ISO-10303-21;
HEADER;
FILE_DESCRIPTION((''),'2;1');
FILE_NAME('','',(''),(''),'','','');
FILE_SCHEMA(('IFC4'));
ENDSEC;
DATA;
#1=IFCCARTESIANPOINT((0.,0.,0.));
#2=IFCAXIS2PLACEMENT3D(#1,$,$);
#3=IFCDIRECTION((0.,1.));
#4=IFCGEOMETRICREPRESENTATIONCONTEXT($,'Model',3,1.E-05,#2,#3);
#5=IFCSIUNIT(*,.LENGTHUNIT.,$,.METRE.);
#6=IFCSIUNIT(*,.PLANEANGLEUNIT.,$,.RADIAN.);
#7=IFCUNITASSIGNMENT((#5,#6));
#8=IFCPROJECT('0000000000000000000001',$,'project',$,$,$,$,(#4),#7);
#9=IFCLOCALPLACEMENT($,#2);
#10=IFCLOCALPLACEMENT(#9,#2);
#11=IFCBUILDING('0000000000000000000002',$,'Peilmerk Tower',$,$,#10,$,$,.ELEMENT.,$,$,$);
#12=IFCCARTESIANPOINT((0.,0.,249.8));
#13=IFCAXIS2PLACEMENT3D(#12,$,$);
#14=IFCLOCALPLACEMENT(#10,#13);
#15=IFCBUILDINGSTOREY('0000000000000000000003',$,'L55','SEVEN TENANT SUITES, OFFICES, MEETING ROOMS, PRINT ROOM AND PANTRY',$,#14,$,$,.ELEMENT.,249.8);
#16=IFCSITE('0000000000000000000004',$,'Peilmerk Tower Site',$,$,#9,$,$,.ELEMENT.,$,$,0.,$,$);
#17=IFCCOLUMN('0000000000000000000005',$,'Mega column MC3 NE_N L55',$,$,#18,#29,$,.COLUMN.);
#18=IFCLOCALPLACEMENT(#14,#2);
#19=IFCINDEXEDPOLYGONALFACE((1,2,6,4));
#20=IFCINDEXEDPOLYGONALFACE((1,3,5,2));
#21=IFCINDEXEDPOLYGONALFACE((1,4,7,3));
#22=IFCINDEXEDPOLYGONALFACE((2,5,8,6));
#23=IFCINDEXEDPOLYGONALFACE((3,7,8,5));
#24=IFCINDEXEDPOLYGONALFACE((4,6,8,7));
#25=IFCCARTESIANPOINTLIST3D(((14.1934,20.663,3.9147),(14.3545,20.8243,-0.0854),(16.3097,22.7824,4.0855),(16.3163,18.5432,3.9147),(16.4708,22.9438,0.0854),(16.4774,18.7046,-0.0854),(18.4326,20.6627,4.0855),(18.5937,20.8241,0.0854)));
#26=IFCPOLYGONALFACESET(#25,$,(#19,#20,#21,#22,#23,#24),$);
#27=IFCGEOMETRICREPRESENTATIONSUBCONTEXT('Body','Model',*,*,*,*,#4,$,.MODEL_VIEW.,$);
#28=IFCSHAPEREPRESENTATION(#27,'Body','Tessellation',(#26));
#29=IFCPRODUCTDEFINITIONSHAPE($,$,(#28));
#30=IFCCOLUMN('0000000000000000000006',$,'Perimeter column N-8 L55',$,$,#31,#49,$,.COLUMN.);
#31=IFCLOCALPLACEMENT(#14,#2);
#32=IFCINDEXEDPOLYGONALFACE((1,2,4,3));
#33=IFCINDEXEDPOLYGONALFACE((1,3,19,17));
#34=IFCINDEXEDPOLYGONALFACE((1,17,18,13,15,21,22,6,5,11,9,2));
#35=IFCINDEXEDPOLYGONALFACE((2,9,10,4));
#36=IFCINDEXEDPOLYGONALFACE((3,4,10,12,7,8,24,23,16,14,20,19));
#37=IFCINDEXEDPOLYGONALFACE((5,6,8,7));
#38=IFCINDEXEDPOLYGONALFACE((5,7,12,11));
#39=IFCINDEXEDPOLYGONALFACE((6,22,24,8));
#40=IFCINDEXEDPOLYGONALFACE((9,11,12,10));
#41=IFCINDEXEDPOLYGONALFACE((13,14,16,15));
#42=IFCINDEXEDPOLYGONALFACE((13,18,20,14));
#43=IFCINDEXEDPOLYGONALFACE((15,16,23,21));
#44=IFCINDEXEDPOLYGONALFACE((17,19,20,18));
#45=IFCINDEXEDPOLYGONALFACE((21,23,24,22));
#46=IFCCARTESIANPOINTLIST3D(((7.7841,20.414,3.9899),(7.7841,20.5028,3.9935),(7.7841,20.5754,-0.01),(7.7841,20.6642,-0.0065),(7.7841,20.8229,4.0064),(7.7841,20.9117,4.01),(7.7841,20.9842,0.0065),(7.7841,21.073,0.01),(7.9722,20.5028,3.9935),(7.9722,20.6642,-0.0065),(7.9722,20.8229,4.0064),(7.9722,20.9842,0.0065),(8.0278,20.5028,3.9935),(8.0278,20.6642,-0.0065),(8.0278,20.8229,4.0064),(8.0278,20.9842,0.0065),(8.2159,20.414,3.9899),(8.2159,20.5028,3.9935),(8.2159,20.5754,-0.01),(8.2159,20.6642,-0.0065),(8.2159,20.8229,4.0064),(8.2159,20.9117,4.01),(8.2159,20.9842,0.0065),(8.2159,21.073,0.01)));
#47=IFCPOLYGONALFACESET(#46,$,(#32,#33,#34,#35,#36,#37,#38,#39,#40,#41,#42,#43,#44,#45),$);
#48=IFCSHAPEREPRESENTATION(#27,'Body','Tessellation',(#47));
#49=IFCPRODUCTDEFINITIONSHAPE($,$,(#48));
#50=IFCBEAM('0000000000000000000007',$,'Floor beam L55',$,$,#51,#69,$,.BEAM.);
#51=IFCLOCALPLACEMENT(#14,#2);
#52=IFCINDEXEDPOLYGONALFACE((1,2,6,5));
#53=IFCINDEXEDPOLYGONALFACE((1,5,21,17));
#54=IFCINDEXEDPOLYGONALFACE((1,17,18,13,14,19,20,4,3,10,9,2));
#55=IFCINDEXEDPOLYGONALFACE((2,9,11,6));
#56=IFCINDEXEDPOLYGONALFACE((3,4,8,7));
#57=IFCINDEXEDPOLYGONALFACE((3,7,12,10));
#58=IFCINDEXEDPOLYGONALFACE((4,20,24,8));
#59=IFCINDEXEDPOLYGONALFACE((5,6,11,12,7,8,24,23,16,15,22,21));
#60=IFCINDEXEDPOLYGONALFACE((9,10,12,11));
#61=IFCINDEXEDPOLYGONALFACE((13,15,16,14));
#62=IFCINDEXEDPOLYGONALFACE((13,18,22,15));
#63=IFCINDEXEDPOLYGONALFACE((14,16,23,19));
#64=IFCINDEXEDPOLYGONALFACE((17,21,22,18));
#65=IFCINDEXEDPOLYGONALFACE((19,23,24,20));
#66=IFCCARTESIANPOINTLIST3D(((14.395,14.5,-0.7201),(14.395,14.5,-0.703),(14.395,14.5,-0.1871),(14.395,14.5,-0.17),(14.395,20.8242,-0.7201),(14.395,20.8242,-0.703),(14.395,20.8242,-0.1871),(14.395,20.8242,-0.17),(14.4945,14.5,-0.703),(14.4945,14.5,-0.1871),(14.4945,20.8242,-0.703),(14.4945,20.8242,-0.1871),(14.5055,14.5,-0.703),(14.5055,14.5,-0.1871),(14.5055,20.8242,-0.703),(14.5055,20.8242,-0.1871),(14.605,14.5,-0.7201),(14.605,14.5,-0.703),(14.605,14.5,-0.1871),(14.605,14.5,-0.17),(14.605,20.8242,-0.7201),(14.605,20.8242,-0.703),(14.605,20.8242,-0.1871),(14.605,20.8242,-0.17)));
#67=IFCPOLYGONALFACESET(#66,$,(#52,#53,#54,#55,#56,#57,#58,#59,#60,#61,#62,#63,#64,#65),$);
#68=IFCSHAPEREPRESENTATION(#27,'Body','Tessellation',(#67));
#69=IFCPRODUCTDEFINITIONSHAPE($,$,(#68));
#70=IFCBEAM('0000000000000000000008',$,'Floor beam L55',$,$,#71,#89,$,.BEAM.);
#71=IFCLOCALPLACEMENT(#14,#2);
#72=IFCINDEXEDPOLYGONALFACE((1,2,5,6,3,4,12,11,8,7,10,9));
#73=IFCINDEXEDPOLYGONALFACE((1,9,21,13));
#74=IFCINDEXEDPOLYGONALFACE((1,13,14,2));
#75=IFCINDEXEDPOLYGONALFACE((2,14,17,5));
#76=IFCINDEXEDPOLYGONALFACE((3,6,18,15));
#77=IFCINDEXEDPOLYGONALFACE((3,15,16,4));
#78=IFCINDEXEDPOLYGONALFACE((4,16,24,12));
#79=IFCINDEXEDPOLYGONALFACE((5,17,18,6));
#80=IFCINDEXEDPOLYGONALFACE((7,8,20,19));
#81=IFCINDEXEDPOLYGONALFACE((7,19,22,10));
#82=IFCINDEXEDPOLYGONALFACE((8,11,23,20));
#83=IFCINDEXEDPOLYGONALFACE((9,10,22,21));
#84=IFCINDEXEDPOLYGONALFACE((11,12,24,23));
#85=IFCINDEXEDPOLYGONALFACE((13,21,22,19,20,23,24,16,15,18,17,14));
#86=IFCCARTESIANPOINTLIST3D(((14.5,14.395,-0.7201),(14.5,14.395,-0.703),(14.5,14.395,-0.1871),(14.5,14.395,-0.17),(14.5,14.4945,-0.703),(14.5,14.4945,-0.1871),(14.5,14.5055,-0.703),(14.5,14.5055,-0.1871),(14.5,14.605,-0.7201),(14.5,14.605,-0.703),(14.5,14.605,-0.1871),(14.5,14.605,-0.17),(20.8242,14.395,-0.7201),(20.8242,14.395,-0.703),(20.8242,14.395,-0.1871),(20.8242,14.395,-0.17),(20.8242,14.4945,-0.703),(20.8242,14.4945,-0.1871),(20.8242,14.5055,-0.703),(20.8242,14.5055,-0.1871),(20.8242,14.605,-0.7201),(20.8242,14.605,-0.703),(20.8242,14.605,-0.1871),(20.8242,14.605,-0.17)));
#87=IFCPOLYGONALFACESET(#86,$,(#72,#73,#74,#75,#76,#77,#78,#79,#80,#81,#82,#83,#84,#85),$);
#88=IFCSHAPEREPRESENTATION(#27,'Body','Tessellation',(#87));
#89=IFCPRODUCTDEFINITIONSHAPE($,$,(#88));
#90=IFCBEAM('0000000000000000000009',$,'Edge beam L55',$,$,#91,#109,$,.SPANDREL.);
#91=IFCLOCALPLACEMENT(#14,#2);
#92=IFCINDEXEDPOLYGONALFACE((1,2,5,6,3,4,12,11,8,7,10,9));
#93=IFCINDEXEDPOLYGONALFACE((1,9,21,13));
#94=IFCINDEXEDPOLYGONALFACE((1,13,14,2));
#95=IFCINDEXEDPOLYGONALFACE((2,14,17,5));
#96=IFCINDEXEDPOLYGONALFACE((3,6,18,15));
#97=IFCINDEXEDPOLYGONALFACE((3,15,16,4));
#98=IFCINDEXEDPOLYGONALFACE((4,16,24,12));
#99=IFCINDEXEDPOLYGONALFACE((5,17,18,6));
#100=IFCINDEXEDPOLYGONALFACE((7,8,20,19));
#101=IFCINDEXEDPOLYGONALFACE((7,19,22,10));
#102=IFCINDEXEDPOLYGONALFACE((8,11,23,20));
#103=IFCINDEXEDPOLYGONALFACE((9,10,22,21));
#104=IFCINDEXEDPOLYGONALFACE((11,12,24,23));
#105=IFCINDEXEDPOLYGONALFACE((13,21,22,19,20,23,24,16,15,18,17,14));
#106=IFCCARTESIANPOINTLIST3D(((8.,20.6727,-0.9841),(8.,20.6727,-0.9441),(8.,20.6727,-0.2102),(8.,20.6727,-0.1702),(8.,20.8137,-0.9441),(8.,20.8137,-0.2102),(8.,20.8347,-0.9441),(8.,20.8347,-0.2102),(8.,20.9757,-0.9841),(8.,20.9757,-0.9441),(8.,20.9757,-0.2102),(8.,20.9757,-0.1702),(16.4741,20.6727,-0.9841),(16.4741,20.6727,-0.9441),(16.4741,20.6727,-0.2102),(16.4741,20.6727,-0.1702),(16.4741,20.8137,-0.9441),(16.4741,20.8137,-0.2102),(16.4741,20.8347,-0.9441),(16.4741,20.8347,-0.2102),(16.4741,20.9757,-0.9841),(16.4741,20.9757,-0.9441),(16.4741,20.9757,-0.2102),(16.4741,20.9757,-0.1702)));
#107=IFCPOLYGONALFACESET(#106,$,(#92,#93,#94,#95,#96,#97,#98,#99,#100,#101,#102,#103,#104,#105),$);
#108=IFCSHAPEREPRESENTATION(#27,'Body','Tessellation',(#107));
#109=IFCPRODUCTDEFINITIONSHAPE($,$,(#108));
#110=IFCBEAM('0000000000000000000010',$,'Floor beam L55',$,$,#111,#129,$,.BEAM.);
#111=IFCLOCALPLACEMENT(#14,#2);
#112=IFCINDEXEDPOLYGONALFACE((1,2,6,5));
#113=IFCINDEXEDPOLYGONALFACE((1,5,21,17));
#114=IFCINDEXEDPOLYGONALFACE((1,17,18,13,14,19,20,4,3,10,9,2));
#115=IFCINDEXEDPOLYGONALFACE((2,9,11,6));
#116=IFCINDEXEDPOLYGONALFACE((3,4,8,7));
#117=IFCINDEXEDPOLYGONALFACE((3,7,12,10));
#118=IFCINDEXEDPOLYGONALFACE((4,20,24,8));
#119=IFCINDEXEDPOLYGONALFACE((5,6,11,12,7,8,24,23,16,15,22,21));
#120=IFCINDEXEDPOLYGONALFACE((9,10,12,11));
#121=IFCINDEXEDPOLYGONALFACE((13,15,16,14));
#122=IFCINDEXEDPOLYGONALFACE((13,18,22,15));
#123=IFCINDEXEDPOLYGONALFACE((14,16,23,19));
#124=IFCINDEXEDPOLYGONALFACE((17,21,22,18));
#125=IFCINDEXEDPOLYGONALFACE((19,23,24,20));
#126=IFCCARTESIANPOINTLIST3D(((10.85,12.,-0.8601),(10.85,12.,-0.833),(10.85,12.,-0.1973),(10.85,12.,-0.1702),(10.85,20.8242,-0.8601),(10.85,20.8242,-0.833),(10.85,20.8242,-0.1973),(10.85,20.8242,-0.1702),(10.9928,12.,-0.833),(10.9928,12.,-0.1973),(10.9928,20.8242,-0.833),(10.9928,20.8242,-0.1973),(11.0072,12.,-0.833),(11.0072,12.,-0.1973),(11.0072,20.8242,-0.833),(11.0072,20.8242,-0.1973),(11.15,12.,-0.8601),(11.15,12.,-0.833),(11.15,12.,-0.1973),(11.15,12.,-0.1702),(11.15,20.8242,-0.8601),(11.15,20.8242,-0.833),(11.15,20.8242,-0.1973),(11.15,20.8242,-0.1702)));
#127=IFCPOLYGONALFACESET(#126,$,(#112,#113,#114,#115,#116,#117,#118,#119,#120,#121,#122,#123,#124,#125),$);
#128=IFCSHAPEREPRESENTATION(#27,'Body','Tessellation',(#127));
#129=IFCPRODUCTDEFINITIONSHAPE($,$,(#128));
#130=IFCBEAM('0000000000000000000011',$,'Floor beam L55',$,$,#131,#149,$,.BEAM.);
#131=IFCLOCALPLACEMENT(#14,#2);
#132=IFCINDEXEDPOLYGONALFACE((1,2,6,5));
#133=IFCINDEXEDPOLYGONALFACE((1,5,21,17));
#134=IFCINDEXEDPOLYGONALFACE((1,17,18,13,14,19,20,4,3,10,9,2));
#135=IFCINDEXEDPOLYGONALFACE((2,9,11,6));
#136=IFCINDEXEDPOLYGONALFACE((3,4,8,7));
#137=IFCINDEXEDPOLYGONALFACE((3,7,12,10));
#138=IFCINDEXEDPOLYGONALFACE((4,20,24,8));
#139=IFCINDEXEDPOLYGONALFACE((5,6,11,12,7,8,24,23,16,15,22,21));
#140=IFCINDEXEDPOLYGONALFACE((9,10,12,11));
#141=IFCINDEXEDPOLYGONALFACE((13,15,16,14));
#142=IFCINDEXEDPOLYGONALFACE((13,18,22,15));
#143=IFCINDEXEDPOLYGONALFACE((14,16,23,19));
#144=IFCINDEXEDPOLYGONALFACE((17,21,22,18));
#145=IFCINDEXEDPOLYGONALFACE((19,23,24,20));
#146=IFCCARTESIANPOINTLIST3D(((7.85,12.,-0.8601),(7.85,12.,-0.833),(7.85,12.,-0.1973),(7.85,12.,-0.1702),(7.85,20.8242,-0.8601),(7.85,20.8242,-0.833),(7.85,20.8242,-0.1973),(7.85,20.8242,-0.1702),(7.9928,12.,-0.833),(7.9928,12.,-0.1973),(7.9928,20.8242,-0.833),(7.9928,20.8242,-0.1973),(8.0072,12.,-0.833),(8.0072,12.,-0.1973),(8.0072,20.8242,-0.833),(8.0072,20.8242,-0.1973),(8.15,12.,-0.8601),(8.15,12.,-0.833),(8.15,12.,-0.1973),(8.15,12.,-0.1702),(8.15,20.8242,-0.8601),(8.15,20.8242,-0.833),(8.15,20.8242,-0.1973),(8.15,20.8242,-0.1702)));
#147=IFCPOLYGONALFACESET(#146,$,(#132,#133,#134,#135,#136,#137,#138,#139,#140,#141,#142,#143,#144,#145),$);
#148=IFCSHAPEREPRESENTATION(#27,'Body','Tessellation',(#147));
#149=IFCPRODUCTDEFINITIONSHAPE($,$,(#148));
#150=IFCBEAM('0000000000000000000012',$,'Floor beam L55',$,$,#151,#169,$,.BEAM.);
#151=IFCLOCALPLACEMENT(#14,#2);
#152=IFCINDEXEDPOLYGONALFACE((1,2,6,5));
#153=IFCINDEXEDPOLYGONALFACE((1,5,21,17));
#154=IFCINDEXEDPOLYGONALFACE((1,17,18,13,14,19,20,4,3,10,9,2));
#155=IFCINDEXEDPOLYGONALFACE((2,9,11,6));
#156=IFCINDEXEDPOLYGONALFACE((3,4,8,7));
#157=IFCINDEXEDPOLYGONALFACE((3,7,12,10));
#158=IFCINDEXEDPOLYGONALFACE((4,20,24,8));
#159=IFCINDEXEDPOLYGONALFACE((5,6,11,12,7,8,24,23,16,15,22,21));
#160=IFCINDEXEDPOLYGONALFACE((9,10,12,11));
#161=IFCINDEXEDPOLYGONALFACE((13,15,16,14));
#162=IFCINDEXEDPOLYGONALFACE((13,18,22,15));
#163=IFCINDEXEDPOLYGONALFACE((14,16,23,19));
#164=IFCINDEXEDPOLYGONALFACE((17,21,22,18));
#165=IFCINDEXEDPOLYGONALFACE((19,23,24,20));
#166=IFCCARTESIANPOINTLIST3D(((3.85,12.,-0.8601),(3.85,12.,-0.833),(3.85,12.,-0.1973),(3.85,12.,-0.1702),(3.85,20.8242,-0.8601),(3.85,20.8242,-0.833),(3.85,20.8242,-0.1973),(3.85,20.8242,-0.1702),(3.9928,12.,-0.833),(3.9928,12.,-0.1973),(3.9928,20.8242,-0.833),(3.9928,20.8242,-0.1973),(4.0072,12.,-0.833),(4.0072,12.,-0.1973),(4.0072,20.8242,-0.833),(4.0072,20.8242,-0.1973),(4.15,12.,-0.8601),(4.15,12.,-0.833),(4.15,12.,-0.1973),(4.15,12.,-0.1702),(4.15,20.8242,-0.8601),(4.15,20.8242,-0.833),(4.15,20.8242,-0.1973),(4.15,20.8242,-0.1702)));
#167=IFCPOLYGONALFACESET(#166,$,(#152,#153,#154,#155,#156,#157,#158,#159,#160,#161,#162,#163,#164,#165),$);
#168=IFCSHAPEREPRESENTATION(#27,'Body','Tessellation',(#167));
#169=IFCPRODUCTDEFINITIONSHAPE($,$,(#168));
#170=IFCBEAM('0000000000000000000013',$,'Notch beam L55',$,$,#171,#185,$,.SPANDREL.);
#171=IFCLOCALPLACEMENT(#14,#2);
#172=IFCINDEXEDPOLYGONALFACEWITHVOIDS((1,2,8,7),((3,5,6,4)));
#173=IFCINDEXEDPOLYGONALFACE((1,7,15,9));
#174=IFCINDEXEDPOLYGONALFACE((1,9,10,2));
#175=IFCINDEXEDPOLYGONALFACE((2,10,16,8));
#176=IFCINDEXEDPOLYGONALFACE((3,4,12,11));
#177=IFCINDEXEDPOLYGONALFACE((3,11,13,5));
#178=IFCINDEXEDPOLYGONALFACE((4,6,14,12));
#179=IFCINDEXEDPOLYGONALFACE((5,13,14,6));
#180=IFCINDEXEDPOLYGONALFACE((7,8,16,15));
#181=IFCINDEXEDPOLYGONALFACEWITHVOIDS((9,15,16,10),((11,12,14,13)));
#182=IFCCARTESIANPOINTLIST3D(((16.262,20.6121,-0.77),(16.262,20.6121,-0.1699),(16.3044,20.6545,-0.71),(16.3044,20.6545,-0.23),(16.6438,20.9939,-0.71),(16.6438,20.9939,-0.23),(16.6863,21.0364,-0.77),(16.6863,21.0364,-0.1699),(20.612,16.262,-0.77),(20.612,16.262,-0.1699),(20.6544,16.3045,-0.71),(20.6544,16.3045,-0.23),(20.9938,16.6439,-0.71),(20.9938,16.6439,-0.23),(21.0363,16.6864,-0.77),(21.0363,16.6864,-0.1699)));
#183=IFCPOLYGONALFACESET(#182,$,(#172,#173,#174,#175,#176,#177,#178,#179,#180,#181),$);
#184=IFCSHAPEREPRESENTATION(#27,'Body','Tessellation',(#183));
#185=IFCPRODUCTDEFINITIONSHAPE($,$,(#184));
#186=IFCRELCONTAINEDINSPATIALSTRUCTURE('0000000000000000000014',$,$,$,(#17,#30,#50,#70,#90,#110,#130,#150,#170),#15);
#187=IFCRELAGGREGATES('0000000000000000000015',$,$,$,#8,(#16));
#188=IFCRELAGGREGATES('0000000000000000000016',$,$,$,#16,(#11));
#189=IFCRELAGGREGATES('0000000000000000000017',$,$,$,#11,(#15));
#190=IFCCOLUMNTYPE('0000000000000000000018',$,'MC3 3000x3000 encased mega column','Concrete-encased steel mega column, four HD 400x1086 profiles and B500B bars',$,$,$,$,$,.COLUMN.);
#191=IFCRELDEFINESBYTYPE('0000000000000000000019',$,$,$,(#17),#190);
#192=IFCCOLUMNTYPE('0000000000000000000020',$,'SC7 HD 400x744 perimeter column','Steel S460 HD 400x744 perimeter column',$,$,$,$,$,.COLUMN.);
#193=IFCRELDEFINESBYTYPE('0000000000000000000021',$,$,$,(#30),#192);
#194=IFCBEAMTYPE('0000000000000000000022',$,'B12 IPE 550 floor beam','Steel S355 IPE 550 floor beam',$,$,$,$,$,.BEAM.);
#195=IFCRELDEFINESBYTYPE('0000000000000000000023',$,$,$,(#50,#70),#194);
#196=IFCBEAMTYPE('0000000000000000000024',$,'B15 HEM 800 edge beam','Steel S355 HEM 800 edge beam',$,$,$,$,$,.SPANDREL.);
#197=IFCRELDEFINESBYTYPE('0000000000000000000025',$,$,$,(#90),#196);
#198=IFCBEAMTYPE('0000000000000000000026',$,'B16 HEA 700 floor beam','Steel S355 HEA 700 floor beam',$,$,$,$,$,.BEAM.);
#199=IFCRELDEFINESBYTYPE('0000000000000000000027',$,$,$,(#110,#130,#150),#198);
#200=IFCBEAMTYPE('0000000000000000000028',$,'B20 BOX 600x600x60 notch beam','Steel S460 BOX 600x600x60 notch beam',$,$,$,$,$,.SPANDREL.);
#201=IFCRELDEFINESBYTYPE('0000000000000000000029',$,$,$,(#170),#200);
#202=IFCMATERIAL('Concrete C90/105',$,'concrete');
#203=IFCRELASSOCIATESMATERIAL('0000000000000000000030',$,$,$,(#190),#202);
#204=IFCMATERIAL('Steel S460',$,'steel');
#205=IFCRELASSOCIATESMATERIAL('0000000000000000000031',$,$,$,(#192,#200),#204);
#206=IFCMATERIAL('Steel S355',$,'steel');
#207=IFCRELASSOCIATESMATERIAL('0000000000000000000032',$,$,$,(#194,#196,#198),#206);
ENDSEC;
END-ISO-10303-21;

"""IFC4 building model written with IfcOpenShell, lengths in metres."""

from ifc_helpers import new_model, si_unit, direction, frame, origin, origin_2d, place, context, subcontext, project, spatial, rectangle, hollow_rectangle, i_section, extrude, material, material_profile, profile_set, type_object, element, save


model = new_model("IFC4")

# Units and contexts
model_context = context("Model", 3, precision=1e-05, world=origin(), true_north=direction((0.0, 1.0)))
body_context = subcontext(model_context, "Body", "Model", "MODEL_VIEW")
ifc_project = project(units=[si_unit("LENGTHUNIT", "METRE"), si_unit("PLANEANGLEUNIT", "RADIAN")], contexts=[model_context])

# Site, building, storey
site_placement = place(None, origin())
site = spatial("IfcSite", under=ifc_project, at=site_placement, Name="Peilmerk Tower Site", CompositionType="ELEMENT", RefElevation=0.0)
building_placement = place(site_placement, origin())
building = spatial("IfcBuilding", under=site, at=building_placement, Name="Peilmerk Tower", CompositionType="ELEMENT")
storey_placement = place(building_placement, frame((0.0, 0.0, 249.8)))
storey = spatial("IfcBuildingStorey", under=building, at=storey_placement, Name="L55", Description="SEVEN TENANT SUITES, OFFICES, MEETING ROOMS, PRINT ROOM AND PANTRY", CompositionType="ELEMENT", Elevation=249.8)

# Columns
ifc_material_1 = material(Name="Concrete C90/105", Category="concrete")
ifc_material_profile_1 = material_profile(ifc_material_1, rectangle(XDim=3.0, YDim=3.0, at=origin_2d()), Name="RC 3000x3000")
ifc_profile_set_1 = profile_set([ifc_material_profile_1], Name="Concrete C90/105")
column_type_1 = type_object("IfcColumnType", Name="MC3 3000x3000 encased mega column", Description="Concrete-encased steel mega column, four HD 400x1086 profiles and B500B bars", PredefinedType="COLUMN", material=ifc_profile_set_1)
column_1_placement = place(storey_placement, frame((16.4741, 20.8242, 0.0), z_axis=(-0.040218, -0.040279, 0.998379), x_axis=(0.707642, -0.706571, 0.0)))
element("IfcColumn", 1, at=column_1_placement, inside=storey, type_object=column_type_1, Name="Mega column MC3 NE_N L55", PredefinedType="COLUMN", context=body_context, shape_type="SweptSolid", body=[
    extrude(rectangle(XDim=3.0, YDim=3.0, at=origin_2d()), origin(), (0.0, 0.0, 1.0), 4.0066),
])
ifc_material_2 = material(Name="Steel S460", Category="steel")
ifc_material_profile_2 = material_profile(ifc_material_2, i_section(OverallWidth=0.4319, OverallDepth=0.498, WebThickness=0.0557, FlangeThickness=0.0889, at=origin_2d()), Name="HD 400x744")
ifc_profile_set_2 = profile_set([ifc_material_profile_2], Name="Steel S460")
column_type_2 = type_object("IfcColumnType", Name="SC7 HD 400x744 perimeter column", Description="Steel S460 HD 400x744 perimeter column", PredefinedType="COLUMN", material=ifc_profile_set_2)
column_2_placement = place(storey_placement, frame((8.0, 20.8242, 0.0), z_axis=(0.0, -0.040311, 0.999187), x_axis=(1.0, 0.0, 0.0)))
element("IfcColumn", 2, at=column_2_placement, inside=storey, type_object=column_type_2, Name="Perimeter column N-8 L55", PredefinedType="COLUMN", context=body_context, shape_type="SweptSolid", body=[
    extrude(i_section(OverallWidth=0.4319, OverallDepth=0.498, WebThickness=0.0557, FlangeThickness=0.0889, at=origin_2d()), origin(), (0.0, 0.0, 1.0), 4.0032),
])

# Beams
ifc_material_3 = material(Name="Steel S355", Category="steel")
ifc_material_profile_3 = material_profile(ifc_material_3, i_section(OverallWidth=0.21, OverallDepth=0.55, WebThickness=0.011, FlangeThickness=0.0171, at=origin_2d()), Name="IPE 550")
ifc_profile_set_3 = profile_set([ifc_material_profile_3], Name="Steel S355")
beam_type_1 = type_object("IfcBeamType", Name="B12 IPE 550 floor beam", Description="Steel S355 IPE 550 floor beam", PredefinedType="BEAM", material=ifc_profile_set_3)
for number, where, z_axis, x_axis, name in (
    (3, (14.5, 14.5, -0.4451), (0.0, 1.0, 0.0), (-1.0, 0.0, 0.0), "Floor beam L55"),
    (4, (14.5, 14.5, -0.4451), (1.0, 0.0, 0.0), (0.0, 1.0, 0.0), "Floor beam L55"),
):
    element("IfcBeam", number, at=place(storey_placement, frame(where, z_axis=z_axis, x_axis=x_axis)), inside=storey, type_object=beam_type_1, Name=name, PredefinedType="BEAM", context=body_context, shape_type="SweptSolid", body=[
        extrude(i_section(OverallWidth=0.21, OverallDepth=0.55, WebThickness=0.011, FlangeThickness=0.0171, at=origin_2d()), origin(), (0.0, 0.0, 1.0), 6.3242),
    ])
ifc_material_profile_4 = material_profile(ifc_material_3, i_section(OverallWidth=0.303, OverallDepth=0.814, WebThickness=0.021, FlangeThickness=0.04, at=origin_2d()), Name="HEM 800")
ifc_profile_set_4 = profile_set([ifc_material_profile_4], Name="Steel S355")
beam_type_2 = type_object("IfcBeamType", Name="B15 HEM 800 edge beam", Description="Steel S355 HEM 800 edge beam", PredefinedType="SPANDREL", material=ifc_profile_set_4)
beam_1_placement = place(storey_placement, frame((16.4741, 20.8242, -0.5771), z_axis=(-1.0, 0.0, 0.0), x_axis=(0.0, -1.0, 0.0)))
element("IfcBeam", 5, at=beam_1_placement, inside=storey, type_object=beam_type_2, Name="Edge beam L55", PredefinedType="SPANDREL", context=body_context, shape_type="SweptSolid", body=[
    extrude(i_section(OverallWidth=0.303, OverallDepth=0.814, WebThickness=0.021, FlangeThickness=0.04, at=origin_2d()), origin(), (0.0, 0.0, 1.0), 8.4741),
])
ifc_material_profile_5 = material_profile(ifc_material_3, i_section(OverallWidth=0.3, OverallDepth=0.6899, WebThickness=0.0144, FlangeThickness=0.0271, at=origin_2d()), Name="HEA 700")
ifc_profile_set_5 = profile_set([ifc_material_profile_5], Name="Steel S355")
beam_type_3 = type_object("IfcBeamType", Name="B16 HEA 700 floor beam", Description="Steel S355 HEA 700 floor beam", PredefinedType="BEAM", material=ifc_profile_set_5)
for number, where, z_axis, x_axis, name in (
    (6, (11.0, 12.0, -0.5151), (0.0, 1.0, 0.0), (-1.0, 0.0, 0.0), "Floor beam L55"),
    (7, (8.0, 12.0, -0.5151), (0.0, 1.0, 0.0), (-1.0, 0.0, 0.0), "Floor beam L55"),
    (8, (4.0, 12.0, -0.5151), (0.0, 1.0, 0.0), (-1.0, 0.0, 0.0), "Floor beam L55"),
):
    element("IfcBeam", number, at=place(storey_placement, frame(where, z_axis=z_axis, x_axis=x_axis)), inside=storey, type_object=beam_type_3, Name=name, PredefinedType="BEAM", context=body_context, shape_type="SweptSolid", body=[
        extrude(i_section(OverallWidth=0.3, OverallDepth=0.6899, WebThickness=0.0144, FlangeThickness=0.0271, at=origin_2d()), origin(), (0.0, 0.0, 1.0), 8.8242),
    ])
ifc_material_profile_6 = material_profile(ifc_material_2, hollow_rectangle(XDim=0.6001, YDim=0.6001, WallThickness=0.0601, at=origin_2d()), Name="BOX 600x600x60")
ifc_profile_set_6 = profile_set([ifc_material_profile_6], Name="Steel S460")
beam_type_4 = type_object("IfcBeamType", Name="B20 BOX 600x600x60 notch beam", Description="Steel S460 BOX 600x600x60 notch beam", PredefinedType="SPANDREL", material=ifc_profile_set_6)
beam_2_placement = place(storey_placement, frame((16.4741, 20.8242, -0.47), z_axis=(0.707107, -0.707107, 0.0), x_axis=(0.707107, 0.707107, 0.0)))
element("IfcBeam", 9, at=beam_2_placement, inside=storey, type_object=beam_type_4, Name="Notch beam L55", PredefinedType="SPANDREL", context=body_context, shape_type="SweptSolid", body=[
    extrude(hollow_rectangle(XDim=0.6001, YDim=0.6001, WallThickness=0.0601, at=origin_2d()), origin(), (0.0, 0.0, 1.0), 6.1519),
])

save(model, "model.ifc")
